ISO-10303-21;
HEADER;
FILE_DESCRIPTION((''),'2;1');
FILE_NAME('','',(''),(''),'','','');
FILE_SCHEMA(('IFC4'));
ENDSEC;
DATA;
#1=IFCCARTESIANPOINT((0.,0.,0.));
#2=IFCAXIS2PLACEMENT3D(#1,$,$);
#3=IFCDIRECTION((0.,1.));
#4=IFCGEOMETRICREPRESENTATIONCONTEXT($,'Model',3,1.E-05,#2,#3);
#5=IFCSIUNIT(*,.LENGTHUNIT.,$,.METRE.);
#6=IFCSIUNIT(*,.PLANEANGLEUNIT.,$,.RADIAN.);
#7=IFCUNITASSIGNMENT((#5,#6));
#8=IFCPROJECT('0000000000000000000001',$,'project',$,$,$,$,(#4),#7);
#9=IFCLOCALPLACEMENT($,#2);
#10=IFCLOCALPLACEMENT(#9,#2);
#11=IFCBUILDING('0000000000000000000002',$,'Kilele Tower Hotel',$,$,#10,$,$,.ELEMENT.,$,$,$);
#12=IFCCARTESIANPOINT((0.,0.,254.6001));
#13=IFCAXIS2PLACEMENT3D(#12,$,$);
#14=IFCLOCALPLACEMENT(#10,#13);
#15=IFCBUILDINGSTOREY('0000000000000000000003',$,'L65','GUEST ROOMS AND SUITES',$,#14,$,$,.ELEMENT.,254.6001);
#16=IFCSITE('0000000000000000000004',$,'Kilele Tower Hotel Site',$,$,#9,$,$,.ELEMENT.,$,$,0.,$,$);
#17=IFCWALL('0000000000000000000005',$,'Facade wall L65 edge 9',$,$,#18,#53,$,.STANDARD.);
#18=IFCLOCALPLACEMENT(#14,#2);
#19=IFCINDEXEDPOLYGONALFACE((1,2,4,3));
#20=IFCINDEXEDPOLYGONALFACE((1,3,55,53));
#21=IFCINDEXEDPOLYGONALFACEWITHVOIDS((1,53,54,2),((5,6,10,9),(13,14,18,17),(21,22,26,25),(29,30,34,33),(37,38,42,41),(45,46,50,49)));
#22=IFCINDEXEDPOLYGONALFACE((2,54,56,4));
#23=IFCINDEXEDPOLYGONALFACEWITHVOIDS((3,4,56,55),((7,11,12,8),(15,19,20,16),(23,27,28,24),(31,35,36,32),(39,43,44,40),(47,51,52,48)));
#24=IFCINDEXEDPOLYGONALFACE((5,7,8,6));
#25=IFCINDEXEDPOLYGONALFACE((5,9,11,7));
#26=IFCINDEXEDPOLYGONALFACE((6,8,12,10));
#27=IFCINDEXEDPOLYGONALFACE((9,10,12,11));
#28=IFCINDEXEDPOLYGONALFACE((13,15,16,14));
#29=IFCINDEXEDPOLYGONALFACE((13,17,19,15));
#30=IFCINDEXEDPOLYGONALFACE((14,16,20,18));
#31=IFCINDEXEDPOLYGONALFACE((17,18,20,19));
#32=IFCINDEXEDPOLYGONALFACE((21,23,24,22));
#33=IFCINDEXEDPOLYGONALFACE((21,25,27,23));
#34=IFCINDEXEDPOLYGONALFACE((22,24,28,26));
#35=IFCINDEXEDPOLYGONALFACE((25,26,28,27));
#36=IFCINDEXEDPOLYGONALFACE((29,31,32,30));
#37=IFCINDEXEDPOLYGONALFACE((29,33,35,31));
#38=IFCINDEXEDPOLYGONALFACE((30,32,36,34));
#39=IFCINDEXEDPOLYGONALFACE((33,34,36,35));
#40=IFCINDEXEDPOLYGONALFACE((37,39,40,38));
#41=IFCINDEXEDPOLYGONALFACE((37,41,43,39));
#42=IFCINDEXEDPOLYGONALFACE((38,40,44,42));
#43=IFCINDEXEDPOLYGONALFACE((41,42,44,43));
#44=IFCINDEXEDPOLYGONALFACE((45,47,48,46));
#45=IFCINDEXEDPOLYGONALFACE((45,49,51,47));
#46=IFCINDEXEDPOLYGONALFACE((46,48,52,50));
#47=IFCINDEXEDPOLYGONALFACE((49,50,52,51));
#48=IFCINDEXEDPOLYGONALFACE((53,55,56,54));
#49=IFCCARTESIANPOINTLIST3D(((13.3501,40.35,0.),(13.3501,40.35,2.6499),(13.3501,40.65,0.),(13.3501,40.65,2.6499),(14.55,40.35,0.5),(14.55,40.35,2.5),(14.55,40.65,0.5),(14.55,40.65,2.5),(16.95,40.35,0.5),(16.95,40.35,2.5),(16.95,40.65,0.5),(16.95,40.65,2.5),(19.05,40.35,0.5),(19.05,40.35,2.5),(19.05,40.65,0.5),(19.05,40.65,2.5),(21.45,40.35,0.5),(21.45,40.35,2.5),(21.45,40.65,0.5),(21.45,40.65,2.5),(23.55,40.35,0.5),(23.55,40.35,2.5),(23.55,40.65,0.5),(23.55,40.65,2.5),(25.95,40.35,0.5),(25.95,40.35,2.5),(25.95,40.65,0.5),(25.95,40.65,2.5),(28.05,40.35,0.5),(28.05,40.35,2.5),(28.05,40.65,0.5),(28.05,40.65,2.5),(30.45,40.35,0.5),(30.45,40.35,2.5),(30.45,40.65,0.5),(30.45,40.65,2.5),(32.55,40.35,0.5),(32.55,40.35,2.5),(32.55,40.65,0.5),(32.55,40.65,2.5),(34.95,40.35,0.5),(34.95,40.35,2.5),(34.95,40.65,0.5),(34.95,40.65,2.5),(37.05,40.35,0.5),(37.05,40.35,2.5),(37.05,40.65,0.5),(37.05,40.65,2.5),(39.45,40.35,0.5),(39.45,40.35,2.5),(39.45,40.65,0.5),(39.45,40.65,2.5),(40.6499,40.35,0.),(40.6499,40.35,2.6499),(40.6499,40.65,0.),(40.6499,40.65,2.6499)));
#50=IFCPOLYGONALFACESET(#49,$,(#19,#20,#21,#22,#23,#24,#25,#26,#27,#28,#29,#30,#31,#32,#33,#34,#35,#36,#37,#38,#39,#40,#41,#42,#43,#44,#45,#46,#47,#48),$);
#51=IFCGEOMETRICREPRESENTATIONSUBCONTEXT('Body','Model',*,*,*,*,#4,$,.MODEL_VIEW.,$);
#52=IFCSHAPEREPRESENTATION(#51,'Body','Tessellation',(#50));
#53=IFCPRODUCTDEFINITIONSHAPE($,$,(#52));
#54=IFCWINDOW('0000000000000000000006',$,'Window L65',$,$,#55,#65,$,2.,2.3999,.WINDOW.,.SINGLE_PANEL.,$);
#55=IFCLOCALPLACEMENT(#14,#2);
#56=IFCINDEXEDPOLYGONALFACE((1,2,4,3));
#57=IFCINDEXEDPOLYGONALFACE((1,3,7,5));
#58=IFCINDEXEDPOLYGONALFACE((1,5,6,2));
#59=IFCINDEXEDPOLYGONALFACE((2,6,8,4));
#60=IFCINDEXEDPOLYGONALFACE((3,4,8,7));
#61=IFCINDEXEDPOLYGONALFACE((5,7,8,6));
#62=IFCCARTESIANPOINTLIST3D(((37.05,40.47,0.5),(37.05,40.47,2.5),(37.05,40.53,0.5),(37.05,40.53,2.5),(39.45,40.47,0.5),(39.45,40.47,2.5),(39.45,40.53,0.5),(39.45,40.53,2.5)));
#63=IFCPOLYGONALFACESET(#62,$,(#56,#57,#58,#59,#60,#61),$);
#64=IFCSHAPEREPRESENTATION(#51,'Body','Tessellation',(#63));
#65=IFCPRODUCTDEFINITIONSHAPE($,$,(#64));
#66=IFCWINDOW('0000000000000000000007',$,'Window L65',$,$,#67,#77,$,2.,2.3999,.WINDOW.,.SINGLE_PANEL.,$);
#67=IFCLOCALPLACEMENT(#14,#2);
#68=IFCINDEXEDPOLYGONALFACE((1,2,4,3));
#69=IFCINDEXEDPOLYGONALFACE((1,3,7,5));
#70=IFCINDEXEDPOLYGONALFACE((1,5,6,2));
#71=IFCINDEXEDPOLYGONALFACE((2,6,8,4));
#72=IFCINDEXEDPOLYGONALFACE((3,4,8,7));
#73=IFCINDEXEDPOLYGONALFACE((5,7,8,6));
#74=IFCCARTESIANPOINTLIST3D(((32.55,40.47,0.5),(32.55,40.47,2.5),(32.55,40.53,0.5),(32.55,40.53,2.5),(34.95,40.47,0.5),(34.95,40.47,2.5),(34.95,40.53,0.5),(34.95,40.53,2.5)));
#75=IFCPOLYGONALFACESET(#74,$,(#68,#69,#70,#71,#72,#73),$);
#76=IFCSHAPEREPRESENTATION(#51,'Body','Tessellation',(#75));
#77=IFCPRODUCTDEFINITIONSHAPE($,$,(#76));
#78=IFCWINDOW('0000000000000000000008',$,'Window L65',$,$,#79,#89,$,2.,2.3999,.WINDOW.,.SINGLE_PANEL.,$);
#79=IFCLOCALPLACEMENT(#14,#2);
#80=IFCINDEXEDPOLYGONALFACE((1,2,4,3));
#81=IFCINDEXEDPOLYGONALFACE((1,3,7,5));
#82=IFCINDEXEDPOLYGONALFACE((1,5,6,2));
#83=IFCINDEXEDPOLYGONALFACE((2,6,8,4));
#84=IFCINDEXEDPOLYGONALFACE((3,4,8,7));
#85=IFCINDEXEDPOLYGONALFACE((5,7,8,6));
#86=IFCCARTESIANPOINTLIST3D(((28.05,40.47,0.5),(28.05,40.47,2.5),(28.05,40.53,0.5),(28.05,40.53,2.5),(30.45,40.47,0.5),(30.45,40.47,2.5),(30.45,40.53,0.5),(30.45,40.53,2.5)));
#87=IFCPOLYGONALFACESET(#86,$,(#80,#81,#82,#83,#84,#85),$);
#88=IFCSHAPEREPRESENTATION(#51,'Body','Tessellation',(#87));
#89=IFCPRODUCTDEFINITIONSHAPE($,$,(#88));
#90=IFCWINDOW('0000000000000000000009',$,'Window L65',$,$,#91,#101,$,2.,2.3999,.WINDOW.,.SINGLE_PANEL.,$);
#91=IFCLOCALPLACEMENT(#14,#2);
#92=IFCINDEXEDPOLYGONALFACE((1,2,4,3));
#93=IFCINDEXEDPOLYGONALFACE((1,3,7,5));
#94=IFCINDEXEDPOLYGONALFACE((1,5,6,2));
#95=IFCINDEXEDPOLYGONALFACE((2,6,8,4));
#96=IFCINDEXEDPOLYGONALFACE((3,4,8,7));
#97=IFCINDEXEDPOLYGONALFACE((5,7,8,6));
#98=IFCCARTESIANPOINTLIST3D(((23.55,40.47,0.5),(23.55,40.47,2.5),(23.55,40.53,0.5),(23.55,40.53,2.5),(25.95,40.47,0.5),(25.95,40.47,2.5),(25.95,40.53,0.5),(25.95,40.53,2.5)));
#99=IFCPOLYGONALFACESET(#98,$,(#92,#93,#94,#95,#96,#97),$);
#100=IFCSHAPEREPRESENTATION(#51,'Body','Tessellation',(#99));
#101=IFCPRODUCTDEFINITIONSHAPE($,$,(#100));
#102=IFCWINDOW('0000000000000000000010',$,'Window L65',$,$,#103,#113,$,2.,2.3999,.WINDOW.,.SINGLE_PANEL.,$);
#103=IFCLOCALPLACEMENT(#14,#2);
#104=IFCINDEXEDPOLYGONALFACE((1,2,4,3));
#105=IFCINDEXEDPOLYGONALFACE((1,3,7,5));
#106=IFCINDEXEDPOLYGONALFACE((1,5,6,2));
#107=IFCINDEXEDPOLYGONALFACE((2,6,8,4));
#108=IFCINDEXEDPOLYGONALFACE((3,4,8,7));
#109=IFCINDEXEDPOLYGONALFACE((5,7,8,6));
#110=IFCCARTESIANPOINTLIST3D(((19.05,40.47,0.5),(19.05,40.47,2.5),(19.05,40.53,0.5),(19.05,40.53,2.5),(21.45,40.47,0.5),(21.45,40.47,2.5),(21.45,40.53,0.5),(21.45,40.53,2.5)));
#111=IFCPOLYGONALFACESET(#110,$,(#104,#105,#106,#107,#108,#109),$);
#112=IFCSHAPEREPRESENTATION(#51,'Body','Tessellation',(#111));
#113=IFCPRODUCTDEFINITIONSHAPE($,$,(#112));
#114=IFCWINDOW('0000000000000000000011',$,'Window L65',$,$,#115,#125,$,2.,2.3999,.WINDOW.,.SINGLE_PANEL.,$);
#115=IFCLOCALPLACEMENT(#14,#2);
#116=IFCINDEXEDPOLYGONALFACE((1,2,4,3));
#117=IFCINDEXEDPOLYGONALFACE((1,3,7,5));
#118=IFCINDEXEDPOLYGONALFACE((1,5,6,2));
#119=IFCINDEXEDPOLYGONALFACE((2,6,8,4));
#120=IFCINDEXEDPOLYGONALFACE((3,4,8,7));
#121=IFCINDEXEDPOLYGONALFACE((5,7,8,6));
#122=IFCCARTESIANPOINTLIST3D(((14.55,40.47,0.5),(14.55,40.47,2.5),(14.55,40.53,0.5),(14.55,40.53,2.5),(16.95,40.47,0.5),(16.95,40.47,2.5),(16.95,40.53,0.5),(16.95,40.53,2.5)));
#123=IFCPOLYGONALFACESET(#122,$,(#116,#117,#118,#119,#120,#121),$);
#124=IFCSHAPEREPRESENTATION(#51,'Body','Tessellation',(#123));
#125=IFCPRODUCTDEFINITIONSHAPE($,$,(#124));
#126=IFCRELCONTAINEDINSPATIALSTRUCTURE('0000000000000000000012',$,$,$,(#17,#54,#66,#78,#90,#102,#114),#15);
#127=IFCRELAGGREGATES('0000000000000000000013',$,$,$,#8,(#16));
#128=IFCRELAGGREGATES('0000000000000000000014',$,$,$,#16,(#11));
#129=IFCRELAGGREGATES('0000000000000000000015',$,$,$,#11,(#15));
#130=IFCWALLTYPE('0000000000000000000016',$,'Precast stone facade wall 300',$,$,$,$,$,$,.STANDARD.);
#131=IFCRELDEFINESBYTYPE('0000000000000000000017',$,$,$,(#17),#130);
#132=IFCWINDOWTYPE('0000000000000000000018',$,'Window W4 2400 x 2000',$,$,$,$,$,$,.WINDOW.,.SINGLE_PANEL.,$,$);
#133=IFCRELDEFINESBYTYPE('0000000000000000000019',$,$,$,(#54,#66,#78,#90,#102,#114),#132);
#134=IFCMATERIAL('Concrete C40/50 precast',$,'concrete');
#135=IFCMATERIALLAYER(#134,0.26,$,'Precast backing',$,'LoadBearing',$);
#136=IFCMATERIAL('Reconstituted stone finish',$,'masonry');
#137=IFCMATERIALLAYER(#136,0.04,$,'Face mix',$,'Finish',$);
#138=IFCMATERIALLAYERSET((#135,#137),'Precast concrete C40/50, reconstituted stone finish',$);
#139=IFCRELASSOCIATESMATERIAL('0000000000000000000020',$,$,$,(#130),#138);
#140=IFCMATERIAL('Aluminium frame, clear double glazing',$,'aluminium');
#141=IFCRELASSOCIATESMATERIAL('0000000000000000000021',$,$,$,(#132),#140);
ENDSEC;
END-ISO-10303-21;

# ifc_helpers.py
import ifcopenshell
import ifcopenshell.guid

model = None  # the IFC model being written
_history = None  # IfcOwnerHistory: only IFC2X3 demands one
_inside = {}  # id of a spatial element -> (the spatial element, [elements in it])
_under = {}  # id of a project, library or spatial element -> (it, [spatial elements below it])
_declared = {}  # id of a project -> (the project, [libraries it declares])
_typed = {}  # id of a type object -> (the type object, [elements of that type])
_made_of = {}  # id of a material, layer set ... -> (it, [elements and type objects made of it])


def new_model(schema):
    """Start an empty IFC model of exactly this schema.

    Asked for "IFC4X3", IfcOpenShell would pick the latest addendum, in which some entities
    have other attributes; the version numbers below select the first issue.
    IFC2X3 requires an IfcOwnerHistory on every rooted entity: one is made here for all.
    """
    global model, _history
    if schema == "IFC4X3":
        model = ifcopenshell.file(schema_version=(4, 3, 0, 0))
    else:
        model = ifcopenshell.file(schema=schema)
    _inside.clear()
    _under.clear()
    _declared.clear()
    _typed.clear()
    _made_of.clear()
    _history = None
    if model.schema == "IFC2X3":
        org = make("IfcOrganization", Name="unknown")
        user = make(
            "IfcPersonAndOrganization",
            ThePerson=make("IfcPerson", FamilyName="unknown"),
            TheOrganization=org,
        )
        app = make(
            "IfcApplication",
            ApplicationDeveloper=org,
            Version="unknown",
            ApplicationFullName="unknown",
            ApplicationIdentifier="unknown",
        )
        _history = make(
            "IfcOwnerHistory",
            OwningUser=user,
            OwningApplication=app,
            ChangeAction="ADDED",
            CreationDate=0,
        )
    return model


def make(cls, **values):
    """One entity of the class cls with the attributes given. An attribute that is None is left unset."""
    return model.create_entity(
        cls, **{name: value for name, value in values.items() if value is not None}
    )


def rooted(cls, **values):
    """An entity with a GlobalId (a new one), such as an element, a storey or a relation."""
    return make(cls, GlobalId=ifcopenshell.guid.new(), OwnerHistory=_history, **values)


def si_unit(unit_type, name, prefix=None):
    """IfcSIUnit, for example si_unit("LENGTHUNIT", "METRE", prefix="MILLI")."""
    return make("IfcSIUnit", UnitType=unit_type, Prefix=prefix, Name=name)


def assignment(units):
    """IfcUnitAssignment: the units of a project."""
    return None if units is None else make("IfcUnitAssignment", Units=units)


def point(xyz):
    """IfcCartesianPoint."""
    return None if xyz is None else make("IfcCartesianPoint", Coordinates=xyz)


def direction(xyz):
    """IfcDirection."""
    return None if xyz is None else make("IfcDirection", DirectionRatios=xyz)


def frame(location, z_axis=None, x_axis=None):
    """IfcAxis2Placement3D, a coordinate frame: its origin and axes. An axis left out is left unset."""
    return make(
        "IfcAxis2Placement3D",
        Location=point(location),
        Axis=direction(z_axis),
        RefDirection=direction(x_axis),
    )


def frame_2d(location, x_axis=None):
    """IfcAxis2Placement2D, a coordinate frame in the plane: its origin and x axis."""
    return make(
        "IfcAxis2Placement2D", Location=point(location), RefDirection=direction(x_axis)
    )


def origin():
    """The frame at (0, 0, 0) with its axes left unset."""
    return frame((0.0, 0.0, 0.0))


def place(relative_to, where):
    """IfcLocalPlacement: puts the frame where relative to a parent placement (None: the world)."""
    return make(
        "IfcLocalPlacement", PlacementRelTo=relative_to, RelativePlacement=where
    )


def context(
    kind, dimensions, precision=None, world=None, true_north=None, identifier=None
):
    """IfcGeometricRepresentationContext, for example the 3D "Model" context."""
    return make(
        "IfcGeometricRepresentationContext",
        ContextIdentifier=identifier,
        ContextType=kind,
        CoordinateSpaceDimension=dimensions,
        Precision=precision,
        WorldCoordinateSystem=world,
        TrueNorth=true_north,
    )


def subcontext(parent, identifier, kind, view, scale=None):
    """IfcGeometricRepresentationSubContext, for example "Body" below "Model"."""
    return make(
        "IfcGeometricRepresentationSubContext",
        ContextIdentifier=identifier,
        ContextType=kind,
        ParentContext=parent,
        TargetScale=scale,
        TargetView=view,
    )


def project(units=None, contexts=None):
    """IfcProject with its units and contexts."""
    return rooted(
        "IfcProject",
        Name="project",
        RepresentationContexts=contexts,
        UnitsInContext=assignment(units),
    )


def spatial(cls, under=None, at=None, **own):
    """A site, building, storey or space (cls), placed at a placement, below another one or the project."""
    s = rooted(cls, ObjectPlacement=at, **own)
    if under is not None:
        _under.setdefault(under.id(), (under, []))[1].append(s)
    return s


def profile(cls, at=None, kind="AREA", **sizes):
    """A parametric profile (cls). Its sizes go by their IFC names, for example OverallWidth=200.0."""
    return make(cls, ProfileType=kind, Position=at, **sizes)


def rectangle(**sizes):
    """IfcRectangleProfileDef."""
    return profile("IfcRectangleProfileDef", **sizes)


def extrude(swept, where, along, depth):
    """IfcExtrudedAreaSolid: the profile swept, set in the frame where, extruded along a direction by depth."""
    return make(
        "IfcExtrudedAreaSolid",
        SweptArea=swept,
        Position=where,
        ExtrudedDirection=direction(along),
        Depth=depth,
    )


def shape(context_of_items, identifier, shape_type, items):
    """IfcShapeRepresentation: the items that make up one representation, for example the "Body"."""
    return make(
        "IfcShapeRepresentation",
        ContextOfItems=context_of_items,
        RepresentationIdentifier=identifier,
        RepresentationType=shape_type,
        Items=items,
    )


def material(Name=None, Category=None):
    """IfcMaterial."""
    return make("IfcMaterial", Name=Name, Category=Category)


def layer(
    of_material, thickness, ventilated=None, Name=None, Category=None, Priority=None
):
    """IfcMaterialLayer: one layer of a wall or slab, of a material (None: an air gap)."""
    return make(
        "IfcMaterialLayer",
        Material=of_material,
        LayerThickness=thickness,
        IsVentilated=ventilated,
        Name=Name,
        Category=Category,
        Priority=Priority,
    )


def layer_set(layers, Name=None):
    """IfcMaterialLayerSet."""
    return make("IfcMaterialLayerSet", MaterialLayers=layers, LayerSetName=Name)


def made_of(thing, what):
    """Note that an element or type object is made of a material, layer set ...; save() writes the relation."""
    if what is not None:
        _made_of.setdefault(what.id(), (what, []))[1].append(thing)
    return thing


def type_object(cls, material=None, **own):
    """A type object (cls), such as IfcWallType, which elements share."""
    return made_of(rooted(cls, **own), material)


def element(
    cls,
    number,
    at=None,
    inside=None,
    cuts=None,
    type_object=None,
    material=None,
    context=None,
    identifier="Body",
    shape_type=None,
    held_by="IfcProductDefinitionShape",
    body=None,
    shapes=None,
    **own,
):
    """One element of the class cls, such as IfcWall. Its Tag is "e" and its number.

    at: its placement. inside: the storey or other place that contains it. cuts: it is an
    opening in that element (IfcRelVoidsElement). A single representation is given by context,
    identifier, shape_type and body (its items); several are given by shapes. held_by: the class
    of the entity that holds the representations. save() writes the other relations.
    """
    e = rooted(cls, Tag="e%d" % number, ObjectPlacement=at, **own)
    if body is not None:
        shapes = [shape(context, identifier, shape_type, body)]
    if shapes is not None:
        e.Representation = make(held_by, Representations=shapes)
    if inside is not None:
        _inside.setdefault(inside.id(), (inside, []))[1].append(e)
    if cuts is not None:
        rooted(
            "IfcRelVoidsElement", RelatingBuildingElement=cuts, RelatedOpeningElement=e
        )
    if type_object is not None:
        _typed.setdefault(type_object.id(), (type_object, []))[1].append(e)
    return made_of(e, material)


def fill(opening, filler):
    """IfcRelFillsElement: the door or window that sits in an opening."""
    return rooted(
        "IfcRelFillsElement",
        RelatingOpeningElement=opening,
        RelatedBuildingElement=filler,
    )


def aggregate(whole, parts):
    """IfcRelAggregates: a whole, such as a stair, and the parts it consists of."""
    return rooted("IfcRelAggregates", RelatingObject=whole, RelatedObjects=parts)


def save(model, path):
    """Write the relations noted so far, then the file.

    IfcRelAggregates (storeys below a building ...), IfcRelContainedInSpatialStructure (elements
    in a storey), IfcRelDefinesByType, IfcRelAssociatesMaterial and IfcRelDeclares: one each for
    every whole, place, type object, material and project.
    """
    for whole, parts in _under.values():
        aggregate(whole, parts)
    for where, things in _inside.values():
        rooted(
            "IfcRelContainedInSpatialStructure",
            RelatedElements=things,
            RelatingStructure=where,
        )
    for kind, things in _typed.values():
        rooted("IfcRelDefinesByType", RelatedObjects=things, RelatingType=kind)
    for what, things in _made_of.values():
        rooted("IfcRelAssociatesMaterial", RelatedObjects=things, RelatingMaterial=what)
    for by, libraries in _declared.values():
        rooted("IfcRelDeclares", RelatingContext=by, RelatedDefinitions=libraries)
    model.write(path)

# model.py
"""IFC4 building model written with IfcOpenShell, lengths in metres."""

from ifc_helpers import new_model, si_unit, direction, frame, frame_2d, origin, place, context, subcontext, project, spatial, rectangle, extrude, material, layer, layer_set, type_object, element, fill, save


model = new_model("IFC4")

# Units and contexts
model_context = context("Model", 3, precision=1e-05, world=origin(), true_north=direction((0.0, 1.0)))
body_context = subcontext(model_context, "Body", "Model", "MODEL_VIEW")
ifc_project = project(units=[si_unit("LENGTHUNIT", "METRE"), si_unit("PLANEANGLEUNIT", "RADIAN")], contexts=[model_context])

# Site, building, storey
site_placement = place(None, origin())
site = spatial("IfcSite", under=ifc_project, at=site_placement, Name="Kilele Tower Hotel Site", CompositionType="ELEMENT", RefElevation=0.0)
building_placement = place(site_placement, origin())
building = spatial("IfcBuilding", under=site, at=building_placement, Name="Kilele Tower Hotel", CompositionType="ELEMENT")
storey_placement = place(building_placement, frame((0.0, 0.0, 254.6001)))
storey = spatial("IfcBuildingStorey", under=building, at=storey_placement, Name="L65", Description="GUEST ROOMS AND SUITES", CompositionType="ELEMENT", Elevation=254.6001)

# Shared definitions
ifc_material_1 = material(Name="Concrete C40/50 precast", Category="concrete")
ifc_layer_1 = layer(ifc_material_1, 0.26, Name="Precast backing", Category="LoadBearing")
ifc_material_2 = material(Name="Reconstituted stone finish", Category="masonry")
ifc_layer_2 = layer(ifc_material_2, 0.04, Name="Face mix", Category="Finish")
ifc_layer_set = layer_set([ifc_layer_1, ifc_layer_2], Name="Precast concrete C40/50, reconstituted stone finish")
wall_type = type_object("IfcWallType", Name="Precast stone facade wall 300", PredefinedType="STANDARD", material=ifc_layer_set)
ifc_material_3 = material(Name="Aluminium frame, clear double glazing", Category="aluminium")
window_type = type_object("IfcWindowType", Name="Window W4 2400 x 2000", PartitioningType="SINGLE_PANEL", PredefinedType="WINDOW", material=ifc_material_3)

# Wall, openings, windows
wall_1_placement = place(storey_placement, frame((40.6499, 40.5, 0.0), z_axis=(0.0, 0.0, 1.0), x_axis=(-1.0, 0.0, 0.0)))
wall_1 = element("IfcWall", 1, at=wall_1_placement, inside=storey, type_object=wall_type, Name="Facade wall L65 edge 9", PredefinedType="STANDARD", context=body_context, shape_type="SweptSolid", body=[
    extrude(rectangle(XDim=27.2998, YDim=0.3, at=frame_2d((13.6499, 0.0))), origin(), (0.0, 0.0, 1.0), 2.6499),
])
opening_1_placement = place(wall_1_placement, frame((1.2, 0.0, 0.5)))
opening_1 = element("IfcOpeningElement", 2, at=opening_1_placement, cuts=wall_1, PredefinedType="OPENING", context=body_context, shape_type="SweptSolid", body=[
    extrude(rectangle(XDim=2.3999, YDim=2.0, at=frame_2d((1.2, 1.0))), frame((0.0, 0.1599, 0.0), z_axis=(0.0, -1.0, 0.0), x_axis=(1.0, 0.0, 0.0)), (0.0, 0.0, 1.0), 0.3201),
])
opening_2_placement = place(wall_1_placement, frame((5.7, 0.0, 0.5)))
opening_2 = element("IfcOpeningElement", 3, at=opening_2_placement, cuts=wall_1, PredefinedType="OPENING", context=body_context, shape_type="SweptSolid", body=[
    extrude(rectangle(XDim=2.3999, YDim=2.0, at=frame_2d((1.2, 1.0))), frame((0.0, 0.1599, 0.0), z_axis=(0.0, -1.0, 0.0), x_axis=(1.0, 0.0, 0.0)), (0.0, 0.0, 1.0), 0.3201),
])
opening_3_placement = place(wall_1_placement, frame((10.2, 0.0, 0.5)))
opening_3 = element("IfcOpeningElement", 4, at=opening_3_placement, cuts=wall_1, PredefinedType="OPENING", context=body_context, shape_type="SweptSolid", body=[
    extrude(rectangle(XDim=2.3999, YDim=2.0, at=frame_2d((1.2, 1.0))), frame((0.0, 0.1599, 0.0), z_axis=(0.0, -1.0, 0.0), x_axis=(1.0, 0.0, 0.0)), (0.0, 0.0, 1.0), 0.3201),
])
opening_4_placement = place(wall_1_placement, frame((14.7, 0.0, 0.5)))
opening_4 = element("IfcOpeningElement", 5, at=opening_4_placement, cuts=wall_1, PredefinedType="OPENING", context=body_context, shape_type="SweptSolid", body=[
    extrude(rectangle(XDim=2.3999, YDim=2.0, at=frame_2d((1.2, 1.0))), frame((0.0, 0.1599, 0.0), z_axis=(0.0, -1.0, 0.0), x_axis=(1.0, 0.0, 0.0)), (0.0, 0.0, 1.0), 0.3201),
])
opening_5_placement = place(wall_1_placement, frame((19.2, 0.0, 0.5)))
opening_5 = element("IfcOpeningElement", 6, at=opening_5_placement, cuts=wall_1, PredefinedType="OPENING", context=body_context, shape_type="SweptSolid", body=[
    extrude(rectangle(XDim=2.3999, YDim=2.0, at=frame_2d((1.2, 1.0))), frame((0.0, 0.1599, 0.0), z_axis=(0.0, -1.0, 0.0), x_axis=(1.0, 0.0, 0.0)), (0.0, 0.0, 1.0), 0.3201),
])
opening_6_placement = place(wall_1_placement, frame((23.7, 0.0, 0.5)))
opening_6 = element("IfcOpeningElement", 7, at=opening_6_placement, cuts=wall_1, PredefinedType="OPENING", context=body_context, shape_type="SweptSolid", body=[
    extrude(rectangle(XDim=2.3999, YDim=2.0, at=frame_2d((1.2, 1.0))), frame((0.0, 0.1599, 0.0), z_axis=(0.0, -1.0, 0.0), x_axis=(1.0, 0.0, 0.0)), (0.0, 0.0, 1.0), 0.3201),
])
window_1_placement = place(opening_1_placement, origin())
window_1 = element("IfcWindow", 8, at=window_1_placement, inside=storey, type_object=window_type, Name="Window L65", OverallHeight=2.0, OverallWidth=2.3999, PartitioningType="SINGLE_PANEL", PredefinedType="WINDOW", context=body_context, shape_type="SweptSolid", body=[
    extrude(rectangle(XDim=2.3999, YDim=2.0, at=frame_2d((1.2, 1.0))), frame((0.0, 0.03, 0.0), z_axis=(0.0, -1.0, 0.0), x_axis=(1.0, 0.0, 0.0)), (0.0, 0.0, 1.0), 0.0601),
])
fill(opening_1, window_1)
window_2_placement = place(opening_2_placement, origin())
window_2 = element("IfcWindow", 9, at=window_2_placement, inside=storey, type_object=window_type, Name="Window L65", OverallHeight=2.0, OverallWidth=2.3999, PartitioningType="SINGLE_PANEL", PredefinedType="WINDOW", context=body_context, shape_type="SweptSolid", body=[
    extrude(rectangle(XDim=2.3999, YDim=2.0, at=frame_2d((1.2, 1.0))), frame((0.0, 0.03, 0.0), z_axis=(0.0, -1.0, 0.0), x_axis=(1.0, 0.0, 0.0)), (0.0, 0.0, 1.0), 0.0601),
])
fill(opening_2, window_2)
window_3_placement = place(opening_3_placement, origin())
window_3 = element("IfcWindow", 10, at=window_3_placement, inside=storey, type_object=window_type, Name="Window L65", OverallHeight=2.0, OverallWidth=2.3999, PartitioningType="SINGLE_PANEL", PredefinedType="WINDOW", context=body_context, shape_type="SweptSolid", body=[
    extrude(rectangle(XDim=2.3999, YDim=2.0, at=frame_2d((1.2, 1.0))), frame((0.0, 0.03, 0.0), z_axis=(0.0, -1.0, 0.0), x_axis=(1.0, 0.0, 0.0)), (0.0, 0.0, 1.0), 0.0601),
])
fill(opening_3, window_3)
window_4_placement = place(opening_4_placement, origin())
window_4 = element("IfcWindow", 11, at=window_4_placement, inside=storey, type_object=window_type, Name="Window L65", OverallHeight=2.0, OverallWidth=2.3999, PartitioningType="SINGLE_PANEL", PredefinedType="WINDOW", context=body_context, shape_type="SweptSolid", body=[
    extrude(rectangle(XDim=2.3999, YDim=2.0, at=frame_2d((1.2, 1.0))), frame((0.0, 0.03, 0.0), z_axis=(0.0, -1.0, 0.0), x_axis=(1.0, 0.0, 0.0)), (0.0, 0.0, 1.0), 0.0601),
])
fill(opening_4, window_4)
window_5_placement = place(opening_5_placement, origin())
window_5 = element("IfcWindow", 12, at=window_5_placement, inside=storey, type_object=window_type, Name="Window L65", OverallHeight=2.0, OverallWidth=2.3999, PartitioningType="SINGLE_PANEL", PredefinedType="WINDOW", context=body_context, shape_type="SweptSolid", body=[
    extrude(rectangle(XDim=2.3999, YDim=2.0, at=frame_2d((1.2, 1.0))), frame((0.0, 0.03, 0.0), z_axis=(0.0, -1.0, 0.0), x_axis=(1.0, 0.0, 0.0)), (0.0, 0.0, 1.0), 0.0601),
])
fill(opening_5, window_5)
window_6_placement = place(opening_6_placement, origin())
window_6 = element("IfcWindow", 13, at=window_6_placement, inside=storey, type_object=window_type, Name="Window L65", OverallHeight=2.0, OverallWidth=2.3999, PartitioningType="SINGLE_PANEL", PredefinedType="WINDOW", context=body_context, shape_type="SweptSolid", body=[
    extrude(rectangle(XDim=2.3999, YDim=2.0, at=frame_2d((1.2, 1.0))), frame((0.0, 0.03, 0.0), z_axis=(0.0, -1.0, 0.0), x_axis=(1.0, 0.0, 0.0)), (0.0, 0.0, 1.0), 0.0601),
])
fill(opening_6, window_6)

save(model, "model.ifc")
